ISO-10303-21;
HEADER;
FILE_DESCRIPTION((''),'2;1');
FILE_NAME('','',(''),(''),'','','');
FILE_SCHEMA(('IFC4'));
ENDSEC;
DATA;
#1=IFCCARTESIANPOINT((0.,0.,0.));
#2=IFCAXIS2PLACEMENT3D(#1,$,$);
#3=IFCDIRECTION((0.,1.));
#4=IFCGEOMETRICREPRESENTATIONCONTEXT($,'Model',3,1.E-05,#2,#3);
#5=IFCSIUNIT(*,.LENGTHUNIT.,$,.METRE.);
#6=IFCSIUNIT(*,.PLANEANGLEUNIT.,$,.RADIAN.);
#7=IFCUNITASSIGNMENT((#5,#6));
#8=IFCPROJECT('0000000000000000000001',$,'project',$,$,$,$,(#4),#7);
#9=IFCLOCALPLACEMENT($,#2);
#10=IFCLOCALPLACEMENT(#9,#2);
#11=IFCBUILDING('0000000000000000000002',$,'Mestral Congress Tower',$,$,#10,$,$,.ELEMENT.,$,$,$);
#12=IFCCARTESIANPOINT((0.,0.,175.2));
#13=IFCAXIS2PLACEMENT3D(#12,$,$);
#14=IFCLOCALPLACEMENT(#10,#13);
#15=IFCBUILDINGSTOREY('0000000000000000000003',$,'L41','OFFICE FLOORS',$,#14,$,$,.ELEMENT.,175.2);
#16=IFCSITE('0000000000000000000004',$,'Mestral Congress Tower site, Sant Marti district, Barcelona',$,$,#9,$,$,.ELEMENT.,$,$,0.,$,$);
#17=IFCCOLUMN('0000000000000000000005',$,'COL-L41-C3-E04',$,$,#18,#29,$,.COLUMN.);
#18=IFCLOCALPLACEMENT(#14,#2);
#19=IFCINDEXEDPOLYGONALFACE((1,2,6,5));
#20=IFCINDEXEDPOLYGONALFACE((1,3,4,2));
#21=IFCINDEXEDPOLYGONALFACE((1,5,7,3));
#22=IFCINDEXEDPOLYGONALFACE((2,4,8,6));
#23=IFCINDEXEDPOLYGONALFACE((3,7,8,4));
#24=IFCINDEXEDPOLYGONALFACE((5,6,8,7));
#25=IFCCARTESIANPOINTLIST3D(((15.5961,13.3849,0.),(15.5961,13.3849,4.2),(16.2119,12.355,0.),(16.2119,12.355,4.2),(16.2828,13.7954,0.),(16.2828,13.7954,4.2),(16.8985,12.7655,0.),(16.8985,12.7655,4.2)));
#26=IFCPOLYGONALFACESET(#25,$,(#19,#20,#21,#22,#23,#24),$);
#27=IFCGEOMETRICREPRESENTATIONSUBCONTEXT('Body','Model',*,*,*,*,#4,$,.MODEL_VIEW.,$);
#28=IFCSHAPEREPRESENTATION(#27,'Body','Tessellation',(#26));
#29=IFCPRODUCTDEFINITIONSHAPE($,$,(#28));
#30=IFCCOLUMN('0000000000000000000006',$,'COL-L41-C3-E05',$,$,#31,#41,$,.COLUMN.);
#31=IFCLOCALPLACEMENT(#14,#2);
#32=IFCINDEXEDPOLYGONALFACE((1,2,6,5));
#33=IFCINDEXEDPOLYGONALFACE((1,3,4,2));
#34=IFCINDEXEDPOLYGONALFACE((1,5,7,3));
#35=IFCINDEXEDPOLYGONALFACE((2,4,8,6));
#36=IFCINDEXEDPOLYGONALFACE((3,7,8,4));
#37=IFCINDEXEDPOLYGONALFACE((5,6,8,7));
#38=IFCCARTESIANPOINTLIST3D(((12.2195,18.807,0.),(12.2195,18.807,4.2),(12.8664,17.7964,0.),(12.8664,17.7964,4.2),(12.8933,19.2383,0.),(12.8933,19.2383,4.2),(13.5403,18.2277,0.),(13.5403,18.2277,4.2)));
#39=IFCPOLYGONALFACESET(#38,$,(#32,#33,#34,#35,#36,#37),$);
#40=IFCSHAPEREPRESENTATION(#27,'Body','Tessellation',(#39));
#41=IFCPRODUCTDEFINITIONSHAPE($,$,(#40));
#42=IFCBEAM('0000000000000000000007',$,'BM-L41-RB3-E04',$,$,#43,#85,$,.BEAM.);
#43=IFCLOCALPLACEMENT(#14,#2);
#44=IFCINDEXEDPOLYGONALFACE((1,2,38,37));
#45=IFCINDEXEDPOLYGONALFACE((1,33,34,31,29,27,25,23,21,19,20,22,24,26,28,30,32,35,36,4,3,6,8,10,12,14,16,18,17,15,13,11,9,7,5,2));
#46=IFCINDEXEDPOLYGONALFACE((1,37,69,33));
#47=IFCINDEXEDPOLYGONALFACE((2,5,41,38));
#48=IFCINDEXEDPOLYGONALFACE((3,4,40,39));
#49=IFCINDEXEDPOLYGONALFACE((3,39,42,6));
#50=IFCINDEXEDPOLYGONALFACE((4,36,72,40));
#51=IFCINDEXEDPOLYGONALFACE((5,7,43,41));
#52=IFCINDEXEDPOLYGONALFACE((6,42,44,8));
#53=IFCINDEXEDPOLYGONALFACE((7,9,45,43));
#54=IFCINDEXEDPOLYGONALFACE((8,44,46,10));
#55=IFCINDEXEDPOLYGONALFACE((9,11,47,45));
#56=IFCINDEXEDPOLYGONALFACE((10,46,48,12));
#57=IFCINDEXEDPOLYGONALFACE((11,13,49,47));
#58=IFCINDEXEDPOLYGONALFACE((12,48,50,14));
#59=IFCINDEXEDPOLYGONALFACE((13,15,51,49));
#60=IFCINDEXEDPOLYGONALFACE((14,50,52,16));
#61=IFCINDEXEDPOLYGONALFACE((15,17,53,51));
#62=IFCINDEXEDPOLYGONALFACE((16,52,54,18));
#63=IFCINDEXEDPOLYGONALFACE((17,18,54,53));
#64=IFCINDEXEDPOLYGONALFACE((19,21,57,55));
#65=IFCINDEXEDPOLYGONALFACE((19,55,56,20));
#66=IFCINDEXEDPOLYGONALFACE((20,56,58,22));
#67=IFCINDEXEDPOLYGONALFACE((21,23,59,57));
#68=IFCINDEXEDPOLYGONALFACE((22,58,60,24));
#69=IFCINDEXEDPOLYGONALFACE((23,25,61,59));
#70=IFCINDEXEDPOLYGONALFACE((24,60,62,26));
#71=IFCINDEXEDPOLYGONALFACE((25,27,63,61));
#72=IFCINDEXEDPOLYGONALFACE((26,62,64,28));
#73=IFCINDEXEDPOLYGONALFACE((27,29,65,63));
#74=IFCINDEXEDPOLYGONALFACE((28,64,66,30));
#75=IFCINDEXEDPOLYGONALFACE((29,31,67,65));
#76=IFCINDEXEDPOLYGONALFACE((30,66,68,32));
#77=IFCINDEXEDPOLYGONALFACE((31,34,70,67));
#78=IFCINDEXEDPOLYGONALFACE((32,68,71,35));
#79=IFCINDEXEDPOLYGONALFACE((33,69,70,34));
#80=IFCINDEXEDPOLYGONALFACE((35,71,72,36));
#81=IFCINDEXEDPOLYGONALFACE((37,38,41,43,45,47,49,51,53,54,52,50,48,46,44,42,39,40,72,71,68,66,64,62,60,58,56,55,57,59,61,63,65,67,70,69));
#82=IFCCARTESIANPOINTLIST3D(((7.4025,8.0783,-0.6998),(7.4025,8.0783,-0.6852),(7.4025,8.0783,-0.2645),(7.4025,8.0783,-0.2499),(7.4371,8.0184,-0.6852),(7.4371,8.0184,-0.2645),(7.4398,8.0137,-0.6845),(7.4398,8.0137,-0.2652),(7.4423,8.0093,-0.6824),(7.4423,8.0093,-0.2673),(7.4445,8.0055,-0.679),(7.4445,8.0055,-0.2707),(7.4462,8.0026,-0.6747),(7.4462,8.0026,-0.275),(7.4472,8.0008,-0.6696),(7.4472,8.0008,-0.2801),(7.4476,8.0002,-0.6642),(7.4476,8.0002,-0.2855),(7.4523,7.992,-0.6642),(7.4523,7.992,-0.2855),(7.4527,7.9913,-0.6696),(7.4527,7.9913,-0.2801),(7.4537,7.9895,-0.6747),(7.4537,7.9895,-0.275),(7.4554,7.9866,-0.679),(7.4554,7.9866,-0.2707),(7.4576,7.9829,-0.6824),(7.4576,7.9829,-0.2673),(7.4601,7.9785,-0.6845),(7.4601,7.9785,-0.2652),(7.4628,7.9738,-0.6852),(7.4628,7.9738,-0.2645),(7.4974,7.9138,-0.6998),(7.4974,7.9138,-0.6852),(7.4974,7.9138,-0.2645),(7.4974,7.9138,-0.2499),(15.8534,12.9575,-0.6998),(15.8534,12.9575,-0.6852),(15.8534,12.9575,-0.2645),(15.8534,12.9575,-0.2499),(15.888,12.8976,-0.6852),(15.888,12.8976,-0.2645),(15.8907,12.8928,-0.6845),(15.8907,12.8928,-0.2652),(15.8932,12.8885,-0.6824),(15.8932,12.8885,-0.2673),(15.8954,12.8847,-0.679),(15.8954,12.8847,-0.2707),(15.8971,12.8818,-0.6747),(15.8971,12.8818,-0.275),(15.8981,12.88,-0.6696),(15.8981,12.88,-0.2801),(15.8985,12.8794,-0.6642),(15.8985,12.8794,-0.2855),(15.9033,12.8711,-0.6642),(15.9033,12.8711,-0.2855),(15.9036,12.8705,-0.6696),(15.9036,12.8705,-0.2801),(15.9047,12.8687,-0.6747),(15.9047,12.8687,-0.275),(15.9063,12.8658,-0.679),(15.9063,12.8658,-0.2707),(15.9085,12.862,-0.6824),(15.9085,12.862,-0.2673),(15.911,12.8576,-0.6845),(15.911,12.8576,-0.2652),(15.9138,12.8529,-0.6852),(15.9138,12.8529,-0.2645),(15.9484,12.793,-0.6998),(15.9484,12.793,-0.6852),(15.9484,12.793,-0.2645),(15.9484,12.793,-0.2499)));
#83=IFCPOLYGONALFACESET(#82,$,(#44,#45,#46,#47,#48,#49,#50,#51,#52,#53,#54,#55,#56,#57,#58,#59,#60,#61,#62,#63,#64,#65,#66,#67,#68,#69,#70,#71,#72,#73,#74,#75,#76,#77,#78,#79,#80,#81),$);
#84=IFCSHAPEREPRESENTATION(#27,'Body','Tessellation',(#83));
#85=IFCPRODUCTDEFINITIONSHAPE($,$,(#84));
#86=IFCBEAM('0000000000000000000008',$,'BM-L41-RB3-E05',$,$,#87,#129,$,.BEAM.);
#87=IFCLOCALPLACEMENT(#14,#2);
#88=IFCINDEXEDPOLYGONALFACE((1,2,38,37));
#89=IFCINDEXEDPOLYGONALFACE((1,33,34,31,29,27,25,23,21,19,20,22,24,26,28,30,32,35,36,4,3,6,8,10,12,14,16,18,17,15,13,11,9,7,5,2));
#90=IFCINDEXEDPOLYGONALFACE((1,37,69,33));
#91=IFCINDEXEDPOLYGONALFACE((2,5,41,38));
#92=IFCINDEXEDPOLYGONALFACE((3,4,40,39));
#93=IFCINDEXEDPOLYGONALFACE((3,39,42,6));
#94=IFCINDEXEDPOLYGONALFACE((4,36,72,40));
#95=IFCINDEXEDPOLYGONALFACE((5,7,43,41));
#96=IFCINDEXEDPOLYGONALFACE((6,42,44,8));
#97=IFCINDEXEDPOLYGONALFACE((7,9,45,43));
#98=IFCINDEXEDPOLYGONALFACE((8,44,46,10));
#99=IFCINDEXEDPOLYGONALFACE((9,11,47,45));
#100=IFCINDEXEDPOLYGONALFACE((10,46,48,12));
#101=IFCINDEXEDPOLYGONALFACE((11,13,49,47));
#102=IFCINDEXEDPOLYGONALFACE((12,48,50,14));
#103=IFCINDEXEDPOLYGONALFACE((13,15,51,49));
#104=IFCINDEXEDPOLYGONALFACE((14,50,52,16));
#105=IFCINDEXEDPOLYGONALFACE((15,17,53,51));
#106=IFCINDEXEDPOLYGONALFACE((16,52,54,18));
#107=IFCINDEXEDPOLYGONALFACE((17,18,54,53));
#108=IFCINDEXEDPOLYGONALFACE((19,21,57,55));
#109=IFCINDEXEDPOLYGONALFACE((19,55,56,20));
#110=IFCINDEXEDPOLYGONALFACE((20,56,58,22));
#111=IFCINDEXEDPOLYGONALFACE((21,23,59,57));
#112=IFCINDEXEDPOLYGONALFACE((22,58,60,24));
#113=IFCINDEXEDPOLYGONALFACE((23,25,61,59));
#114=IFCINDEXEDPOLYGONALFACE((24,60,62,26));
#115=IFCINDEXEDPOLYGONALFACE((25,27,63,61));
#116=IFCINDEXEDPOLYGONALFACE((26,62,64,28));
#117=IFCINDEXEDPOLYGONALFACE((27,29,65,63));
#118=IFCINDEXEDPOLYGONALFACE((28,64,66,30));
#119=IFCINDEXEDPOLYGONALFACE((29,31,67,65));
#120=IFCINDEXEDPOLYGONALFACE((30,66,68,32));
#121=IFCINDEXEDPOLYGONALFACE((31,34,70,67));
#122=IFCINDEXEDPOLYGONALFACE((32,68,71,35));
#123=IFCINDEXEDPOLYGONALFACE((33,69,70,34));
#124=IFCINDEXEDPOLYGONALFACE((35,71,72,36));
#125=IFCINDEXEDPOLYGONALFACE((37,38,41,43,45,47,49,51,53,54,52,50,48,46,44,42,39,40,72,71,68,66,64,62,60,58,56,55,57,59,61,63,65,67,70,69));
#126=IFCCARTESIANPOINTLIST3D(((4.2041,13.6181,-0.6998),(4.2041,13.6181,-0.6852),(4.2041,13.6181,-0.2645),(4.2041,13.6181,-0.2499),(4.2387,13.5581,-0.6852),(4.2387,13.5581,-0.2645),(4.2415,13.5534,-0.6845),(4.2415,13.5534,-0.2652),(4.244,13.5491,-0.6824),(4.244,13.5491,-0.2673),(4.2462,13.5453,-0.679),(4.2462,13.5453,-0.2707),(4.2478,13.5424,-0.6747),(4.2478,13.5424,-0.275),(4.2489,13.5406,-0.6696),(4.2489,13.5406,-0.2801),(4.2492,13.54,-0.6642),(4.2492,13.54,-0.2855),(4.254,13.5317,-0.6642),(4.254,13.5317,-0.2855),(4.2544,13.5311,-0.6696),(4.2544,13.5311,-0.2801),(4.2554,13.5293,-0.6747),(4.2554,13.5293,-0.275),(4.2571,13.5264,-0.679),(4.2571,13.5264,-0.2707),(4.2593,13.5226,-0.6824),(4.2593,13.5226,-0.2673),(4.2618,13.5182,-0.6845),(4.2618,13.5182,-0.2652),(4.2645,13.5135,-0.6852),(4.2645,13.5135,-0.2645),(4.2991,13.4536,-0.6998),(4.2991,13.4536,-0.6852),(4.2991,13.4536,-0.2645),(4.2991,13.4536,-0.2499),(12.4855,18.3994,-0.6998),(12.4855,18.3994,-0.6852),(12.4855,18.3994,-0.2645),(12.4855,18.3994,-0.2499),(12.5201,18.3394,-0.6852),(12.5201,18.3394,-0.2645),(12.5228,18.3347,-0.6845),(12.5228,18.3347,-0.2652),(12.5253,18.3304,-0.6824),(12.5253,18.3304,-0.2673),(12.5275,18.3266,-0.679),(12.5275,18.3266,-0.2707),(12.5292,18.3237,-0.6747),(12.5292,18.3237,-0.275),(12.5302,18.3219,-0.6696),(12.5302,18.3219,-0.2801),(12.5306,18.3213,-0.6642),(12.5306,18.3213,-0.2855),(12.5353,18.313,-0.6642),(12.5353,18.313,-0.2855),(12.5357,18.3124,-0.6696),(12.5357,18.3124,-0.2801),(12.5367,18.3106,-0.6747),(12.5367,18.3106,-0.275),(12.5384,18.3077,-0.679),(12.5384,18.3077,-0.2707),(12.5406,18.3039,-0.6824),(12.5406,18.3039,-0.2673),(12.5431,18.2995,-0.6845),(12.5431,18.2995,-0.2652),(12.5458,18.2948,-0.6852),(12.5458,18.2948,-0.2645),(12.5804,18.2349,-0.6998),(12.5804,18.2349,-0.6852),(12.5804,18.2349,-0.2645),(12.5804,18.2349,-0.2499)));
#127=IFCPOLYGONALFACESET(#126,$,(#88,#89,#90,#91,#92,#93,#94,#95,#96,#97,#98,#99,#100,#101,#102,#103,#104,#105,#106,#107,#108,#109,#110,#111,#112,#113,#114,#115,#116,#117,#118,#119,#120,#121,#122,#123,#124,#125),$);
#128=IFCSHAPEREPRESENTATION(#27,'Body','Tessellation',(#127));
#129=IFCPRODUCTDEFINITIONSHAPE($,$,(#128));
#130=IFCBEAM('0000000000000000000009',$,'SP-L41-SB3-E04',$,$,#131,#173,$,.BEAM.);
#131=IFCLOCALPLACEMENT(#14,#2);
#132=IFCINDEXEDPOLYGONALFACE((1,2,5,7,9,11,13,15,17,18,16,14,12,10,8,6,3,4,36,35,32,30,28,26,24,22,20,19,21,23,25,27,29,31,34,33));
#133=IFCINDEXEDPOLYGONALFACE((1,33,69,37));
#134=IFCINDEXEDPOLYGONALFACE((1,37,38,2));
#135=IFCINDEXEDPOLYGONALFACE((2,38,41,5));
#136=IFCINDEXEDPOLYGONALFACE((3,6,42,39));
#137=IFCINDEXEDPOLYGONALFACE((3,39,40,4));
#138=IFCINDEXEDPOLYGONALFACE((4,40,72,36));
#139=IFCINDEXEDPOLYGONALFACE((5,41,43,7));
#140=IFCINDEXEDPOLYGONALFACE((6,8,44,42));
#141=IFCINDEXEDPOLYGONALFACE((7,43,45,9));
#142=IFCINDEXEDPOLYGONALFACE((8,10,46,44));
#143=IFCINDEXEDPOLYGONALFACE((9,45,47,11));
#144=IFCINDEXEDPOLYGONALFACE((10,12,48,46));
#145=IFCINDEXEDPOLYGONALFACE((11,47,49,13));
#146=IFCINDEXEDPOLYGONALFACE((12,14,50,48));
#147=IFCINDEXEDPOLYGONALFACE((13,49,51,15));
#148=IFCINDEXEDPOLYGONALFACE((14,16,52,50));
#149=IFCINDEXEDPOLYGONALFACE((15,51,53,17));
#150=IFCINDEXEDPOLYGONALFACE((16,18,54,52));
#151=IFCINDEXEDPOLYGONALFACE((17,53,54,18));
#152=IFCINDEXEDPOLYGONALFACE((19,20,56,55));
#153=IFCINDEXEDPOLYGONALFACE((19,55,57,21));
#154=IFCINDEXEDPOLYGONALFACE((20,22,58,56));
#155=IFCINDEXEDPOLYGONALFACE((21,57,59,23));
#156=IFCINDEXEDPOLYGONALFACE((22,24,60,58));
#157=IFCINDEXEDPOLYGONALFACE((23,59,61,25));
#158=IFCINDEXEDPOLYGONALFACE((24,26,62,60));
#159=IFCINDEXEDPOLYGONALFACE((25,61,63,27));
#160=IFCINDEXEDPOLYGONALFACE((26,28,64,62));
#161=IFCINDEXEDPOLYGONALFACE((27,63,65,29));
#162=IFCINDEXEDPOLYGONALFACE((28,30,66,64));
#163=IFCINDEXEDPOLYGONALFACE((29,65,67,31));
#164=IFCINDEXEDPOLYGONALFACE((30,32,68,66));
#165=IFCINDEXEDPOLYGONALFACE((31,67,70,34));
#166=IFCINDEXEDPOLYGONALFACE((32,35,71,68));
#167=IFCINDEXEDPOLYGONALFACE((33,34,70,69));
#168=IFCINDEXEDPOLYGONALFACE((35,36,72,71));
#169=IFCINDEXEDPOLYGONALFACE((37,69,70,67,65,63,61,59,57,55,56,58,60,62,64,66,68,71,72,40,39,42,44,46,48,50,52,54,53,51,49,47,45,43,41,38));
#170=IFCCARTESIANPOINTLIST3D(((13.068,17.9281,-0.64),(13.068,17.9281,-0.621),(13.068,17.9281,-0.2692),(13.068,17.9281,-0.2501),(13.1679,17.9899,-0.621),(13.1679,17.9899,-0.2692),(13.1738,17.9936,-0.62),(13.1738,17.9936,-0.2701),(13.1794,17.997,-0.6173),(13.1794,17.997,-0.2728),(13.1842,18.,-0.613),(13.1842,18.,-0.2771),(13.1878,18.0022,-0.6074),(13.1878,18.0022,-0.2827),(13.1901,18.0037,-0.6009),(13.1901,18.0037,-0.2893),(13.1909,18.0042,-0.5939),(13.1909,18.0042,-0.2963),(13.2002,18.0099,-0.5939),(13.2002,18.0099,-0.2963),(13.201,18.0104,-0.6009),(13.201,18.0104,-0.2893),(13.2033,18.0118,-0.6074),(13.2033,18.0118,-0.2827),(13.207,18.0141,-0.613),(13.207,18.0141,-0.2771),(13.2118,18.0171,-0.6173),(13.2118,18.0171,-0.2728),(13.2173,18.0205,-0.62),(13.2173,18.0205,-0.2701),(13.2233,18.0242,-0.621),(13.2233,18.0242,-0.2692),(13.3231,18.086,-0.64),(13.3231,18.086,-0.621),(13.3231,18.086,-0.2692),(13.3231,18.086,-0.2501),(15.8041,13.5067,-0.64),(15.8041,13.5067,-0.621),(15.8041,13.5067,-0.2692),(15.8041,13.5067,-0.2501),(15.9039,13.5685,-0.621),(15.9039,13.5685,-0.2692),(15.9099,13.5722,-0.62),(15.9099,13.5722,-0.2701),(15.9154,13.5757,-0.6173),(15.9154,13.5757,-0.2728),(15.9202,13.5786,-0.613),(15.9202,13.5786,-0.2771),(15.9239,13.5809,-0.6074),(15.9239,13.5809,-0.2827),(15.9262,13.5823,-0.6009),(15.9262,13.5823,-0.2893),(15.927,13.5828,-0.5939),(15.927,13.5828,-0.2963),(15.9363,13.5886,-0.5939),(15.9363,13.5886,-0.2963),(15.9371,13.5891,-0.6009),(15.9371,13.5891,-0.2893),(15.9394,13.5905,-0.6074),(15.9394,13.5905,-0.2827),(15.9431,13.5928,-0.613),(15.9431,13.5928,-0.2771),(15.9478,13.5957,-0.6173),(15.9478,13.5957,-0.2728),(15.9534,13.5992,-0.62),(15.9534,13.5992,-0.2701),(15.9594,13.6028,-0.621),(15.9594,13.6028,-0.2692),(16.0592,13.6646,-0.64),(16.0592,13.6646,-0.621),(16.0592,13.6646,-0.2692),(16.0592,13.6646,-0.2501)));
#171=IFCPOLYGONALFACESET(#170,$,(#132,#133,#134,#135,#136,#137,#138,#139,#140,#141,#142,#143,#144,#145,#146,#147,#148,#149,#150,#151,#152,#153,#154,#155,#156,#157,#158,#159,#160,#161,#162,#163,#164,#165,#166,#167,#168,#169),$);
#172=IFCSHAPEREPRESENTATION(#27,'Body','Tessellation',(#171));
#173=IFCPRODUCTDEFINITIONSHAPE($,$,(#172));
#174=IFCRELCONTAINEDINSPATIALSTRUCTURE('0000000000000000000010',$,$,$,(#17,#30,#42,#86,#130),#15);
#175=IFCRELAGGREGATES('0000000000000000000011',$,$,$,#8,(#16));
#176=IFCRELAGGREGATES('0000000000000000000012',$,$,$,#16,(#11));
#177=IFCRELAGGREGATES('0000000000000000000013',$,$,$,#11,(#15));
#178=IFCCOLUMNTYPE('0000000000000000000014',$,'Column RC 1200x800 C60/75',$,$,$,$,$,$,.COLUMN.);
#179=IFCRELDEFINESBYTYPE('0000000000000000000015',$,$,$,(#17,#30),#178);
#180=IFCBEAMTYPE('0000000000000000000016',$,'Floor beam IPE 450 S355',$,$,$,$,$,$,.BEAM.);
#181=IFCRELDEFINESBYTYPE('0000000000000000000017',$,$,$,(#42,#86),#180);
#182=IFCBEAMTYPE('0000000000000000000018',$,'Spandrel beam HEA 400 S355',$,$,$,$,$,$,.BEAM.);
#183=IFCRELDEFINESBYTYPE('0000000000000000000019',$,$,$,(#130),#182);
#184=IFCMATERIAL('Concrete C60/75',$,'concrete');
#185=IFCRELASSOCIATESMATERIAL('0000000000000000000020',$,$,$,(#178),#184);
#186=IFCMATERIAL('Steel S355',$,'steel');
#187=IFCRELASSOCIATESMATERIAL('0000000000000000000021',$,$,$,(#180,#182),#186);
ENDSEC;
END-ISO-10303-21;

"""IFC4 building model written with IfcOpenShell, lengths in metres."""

from ifc_helpers import new_model, si_unit, direction, frame, origin, origin_2d, place, context, subcontext, project, spatial, rectangle, i_section, extrude, material, material_profile, profile_set, type_object, element, save


model = new_model("IFC4")

# Units and contexts
model_context = context("Model", 3, precision=1e-05, world=origin(), true_north=direction((0.0, 1.0)))
body_context = subcontext(model_context, "Body", "Model", "MODEL_VIEW")
ifc_project = project(units=[si_unit("LENGTHUNIT", "METRE"), si_unit("PLANEANGLEUNIT", "RADIAN")], contexts=[model_context])

# Site, building, storey
site_placement = place(None, origin())
site = spatial("IfcSite", under=ifc_project, at=site_placement, Name="Mestral Congress Tower site, Sant Marti district, Barcelona", CompositionType="ELEMENT", RefElevation=0.0)
building_placement = place(site_placement, origin())
building = spatial("IfcBuilding", under=site, at=building_placement, Name="Mestral Congress Tower", CompositionType="ELEMENT")
storey_placement = place(building_placement, frame((0.0, 0.0, 175.2)))
storey = spatial("IfcBuildingStorey", under=building, at=storey_placement, Name="L41", Description="OFFICE FLOORS", CompositionType="ELEMENT", Elevation=175.2)

# Columns
ifc_material_1 = material(Name="Concrete C60/75", Category="concrete")
ifc_material_profile_1 = material_profile(ifc_material_1, rectangle(XDim=1.2, YDim=0.8, at=origin_2d()), Name="RC 1200x800")
ifc_profile_set_1 = profile_set([ifc_material_profile_1], Name="Concrete C60/75")
column_type = type_object("IfcColumnType", Name="Column RC 1200x800 C60/75", PredefinedType="COLUMN", material=ifc_profile_set_1)
for number, where, z_axis, x_axis, name in (
    (1, (16.2473, 13.0752, 0.0), (0.0, 0.0, 1.0), (-0.513159, 0.858293, 0.0), "COL-L41-C3-E04"),
    (2, (12.8799, 18.5173, 0.0), (0.0, 0.0, 1.0), (-0.539115, 0.842232, 0.0), "COL-L41-C3-E05"),
):
    element("IfcColumn", number, at=place(storey_placement, frame(where, z_axis=z_axis, x_axis=x_axis)), inside=storey, type_object=column_type, Name=name, PredefinedType="COLUMN", context=body_context, shape_type="SweptSolid", body=[
        extrude(rectangle(XDim=1.2, YDim=0.8, at=origin_2d()), origin(), (0.0, 0.0, 1.0), 4.2),
    ])

# Beams
ifc_material_2 = material(Name="Steel S355", Category="steel")
ifc_material_profile_2 = material_profile(ifc_material_2, i_section(OverallWidth=0.1899, OverallDepth=0.45, WebThickness=0.0095, FlangeThickness=0.0146, FilletRadius=0.021, at=origin_2d()), Name="IPE 450")
ifc_profile_set_2 = profile_set([ifc_material_profile_2], Name="Steel S355")
beam_type_1 = type_object("IfcBeamType", Name="Floor beam IPE 450 S355", PredefinedType="BEAM", material=ifc_profile_set_2)
beam_1_placement = place(storey_placement, frame((15.9009, 12.8752, -0.4749), z_axis=(-0.866025, -0.5, 0.0), x_axis=(0.5, -0.866025, 0.0)))
element("IfcBeam", 3, at=beam_1_placement, inside=storey, type_object=beam_type_1, Name="BM-L41-RB3-E04", PredefinedType="BEAM", context=body_context, shape_type="SweptSolid", body=[
    extrude(i_section(OverallWidth=0.1899, OverallDepth=0.45, WebThickness=0.0095, FlangeThickness=0.0146, FilletRadius=0.021, at=origin_2d()), origin(), (0.0, 0.0, 1.0), 9.7583),
])
beam_2_placement = place(storey_placement, frame((12.533, 18.3171, -0.4749), z_axis=(-0.866022, -0.500005, 0.0), x_axis=(0.500005, -0.866022, 0.0)))
element("IfcBeam", 4, at=beam_2_placement, inside=storey, type_object=beam_type_1, Name="BM-L41-RB3-E05", PredefinedType="BEAM", context=body_context, shape_type="SweptSolid", body=[
    extrude(i_section(OverallWidth=0.1899, OverallDepth=0.45, WebThickness=0.0095, FlangeThickness=0.0146, FilletRadius=0.021, at=origin_2d()), origin(), (0.0, 0.0, 1.0), 9.5625),
])
ifc_material_profile_3 = material_profile(ifc_material_2, i_section(OverallWidth=0.3, OverallDepth=0.3899, WebThickness=0.011, FlangeThickness=0.019, FilletRadius=0.0271, at=origin_2d()), Name="HEA 400")
ifc_profile_set_3 = profile_set([ifc_material_profile_3], Name="Steel S355")
beam_type_2 = type_object("IfcBeamType", Name="Spandrel beam HEA 400 S355", PredefinedType="BEAM", material=ifc_profile_set_3)
for number, where, z_axis, x_axis, name in (
    (5, (15.9316, 13.5857, -0.4451), (-0.52622, 0.850348, 0.0), (-0.850348, -0.52622, 0.0), "SP-L41-SB3-E04"),
):
    element("IfcBeam", number, at=place(storey_placement, frame(where, z_axis=z_axis, x_axis=x_axis)), inside=storey, type_object=beam_type_2, Name=name, PredefinedType="BEAM", context=body_context, shape_type="SweptSolid", body=[
        extrude(i_section(OverallWidth=0.3, OverallDepth=0.3899, WebThickness=0.011, FlangeThickness=0.019, FilletRadius=0.0271, at=origin_2d()), origin(), (0.0, 0.0, 1.0), 5.1995),
    ])

save(model, "model.ifc")
